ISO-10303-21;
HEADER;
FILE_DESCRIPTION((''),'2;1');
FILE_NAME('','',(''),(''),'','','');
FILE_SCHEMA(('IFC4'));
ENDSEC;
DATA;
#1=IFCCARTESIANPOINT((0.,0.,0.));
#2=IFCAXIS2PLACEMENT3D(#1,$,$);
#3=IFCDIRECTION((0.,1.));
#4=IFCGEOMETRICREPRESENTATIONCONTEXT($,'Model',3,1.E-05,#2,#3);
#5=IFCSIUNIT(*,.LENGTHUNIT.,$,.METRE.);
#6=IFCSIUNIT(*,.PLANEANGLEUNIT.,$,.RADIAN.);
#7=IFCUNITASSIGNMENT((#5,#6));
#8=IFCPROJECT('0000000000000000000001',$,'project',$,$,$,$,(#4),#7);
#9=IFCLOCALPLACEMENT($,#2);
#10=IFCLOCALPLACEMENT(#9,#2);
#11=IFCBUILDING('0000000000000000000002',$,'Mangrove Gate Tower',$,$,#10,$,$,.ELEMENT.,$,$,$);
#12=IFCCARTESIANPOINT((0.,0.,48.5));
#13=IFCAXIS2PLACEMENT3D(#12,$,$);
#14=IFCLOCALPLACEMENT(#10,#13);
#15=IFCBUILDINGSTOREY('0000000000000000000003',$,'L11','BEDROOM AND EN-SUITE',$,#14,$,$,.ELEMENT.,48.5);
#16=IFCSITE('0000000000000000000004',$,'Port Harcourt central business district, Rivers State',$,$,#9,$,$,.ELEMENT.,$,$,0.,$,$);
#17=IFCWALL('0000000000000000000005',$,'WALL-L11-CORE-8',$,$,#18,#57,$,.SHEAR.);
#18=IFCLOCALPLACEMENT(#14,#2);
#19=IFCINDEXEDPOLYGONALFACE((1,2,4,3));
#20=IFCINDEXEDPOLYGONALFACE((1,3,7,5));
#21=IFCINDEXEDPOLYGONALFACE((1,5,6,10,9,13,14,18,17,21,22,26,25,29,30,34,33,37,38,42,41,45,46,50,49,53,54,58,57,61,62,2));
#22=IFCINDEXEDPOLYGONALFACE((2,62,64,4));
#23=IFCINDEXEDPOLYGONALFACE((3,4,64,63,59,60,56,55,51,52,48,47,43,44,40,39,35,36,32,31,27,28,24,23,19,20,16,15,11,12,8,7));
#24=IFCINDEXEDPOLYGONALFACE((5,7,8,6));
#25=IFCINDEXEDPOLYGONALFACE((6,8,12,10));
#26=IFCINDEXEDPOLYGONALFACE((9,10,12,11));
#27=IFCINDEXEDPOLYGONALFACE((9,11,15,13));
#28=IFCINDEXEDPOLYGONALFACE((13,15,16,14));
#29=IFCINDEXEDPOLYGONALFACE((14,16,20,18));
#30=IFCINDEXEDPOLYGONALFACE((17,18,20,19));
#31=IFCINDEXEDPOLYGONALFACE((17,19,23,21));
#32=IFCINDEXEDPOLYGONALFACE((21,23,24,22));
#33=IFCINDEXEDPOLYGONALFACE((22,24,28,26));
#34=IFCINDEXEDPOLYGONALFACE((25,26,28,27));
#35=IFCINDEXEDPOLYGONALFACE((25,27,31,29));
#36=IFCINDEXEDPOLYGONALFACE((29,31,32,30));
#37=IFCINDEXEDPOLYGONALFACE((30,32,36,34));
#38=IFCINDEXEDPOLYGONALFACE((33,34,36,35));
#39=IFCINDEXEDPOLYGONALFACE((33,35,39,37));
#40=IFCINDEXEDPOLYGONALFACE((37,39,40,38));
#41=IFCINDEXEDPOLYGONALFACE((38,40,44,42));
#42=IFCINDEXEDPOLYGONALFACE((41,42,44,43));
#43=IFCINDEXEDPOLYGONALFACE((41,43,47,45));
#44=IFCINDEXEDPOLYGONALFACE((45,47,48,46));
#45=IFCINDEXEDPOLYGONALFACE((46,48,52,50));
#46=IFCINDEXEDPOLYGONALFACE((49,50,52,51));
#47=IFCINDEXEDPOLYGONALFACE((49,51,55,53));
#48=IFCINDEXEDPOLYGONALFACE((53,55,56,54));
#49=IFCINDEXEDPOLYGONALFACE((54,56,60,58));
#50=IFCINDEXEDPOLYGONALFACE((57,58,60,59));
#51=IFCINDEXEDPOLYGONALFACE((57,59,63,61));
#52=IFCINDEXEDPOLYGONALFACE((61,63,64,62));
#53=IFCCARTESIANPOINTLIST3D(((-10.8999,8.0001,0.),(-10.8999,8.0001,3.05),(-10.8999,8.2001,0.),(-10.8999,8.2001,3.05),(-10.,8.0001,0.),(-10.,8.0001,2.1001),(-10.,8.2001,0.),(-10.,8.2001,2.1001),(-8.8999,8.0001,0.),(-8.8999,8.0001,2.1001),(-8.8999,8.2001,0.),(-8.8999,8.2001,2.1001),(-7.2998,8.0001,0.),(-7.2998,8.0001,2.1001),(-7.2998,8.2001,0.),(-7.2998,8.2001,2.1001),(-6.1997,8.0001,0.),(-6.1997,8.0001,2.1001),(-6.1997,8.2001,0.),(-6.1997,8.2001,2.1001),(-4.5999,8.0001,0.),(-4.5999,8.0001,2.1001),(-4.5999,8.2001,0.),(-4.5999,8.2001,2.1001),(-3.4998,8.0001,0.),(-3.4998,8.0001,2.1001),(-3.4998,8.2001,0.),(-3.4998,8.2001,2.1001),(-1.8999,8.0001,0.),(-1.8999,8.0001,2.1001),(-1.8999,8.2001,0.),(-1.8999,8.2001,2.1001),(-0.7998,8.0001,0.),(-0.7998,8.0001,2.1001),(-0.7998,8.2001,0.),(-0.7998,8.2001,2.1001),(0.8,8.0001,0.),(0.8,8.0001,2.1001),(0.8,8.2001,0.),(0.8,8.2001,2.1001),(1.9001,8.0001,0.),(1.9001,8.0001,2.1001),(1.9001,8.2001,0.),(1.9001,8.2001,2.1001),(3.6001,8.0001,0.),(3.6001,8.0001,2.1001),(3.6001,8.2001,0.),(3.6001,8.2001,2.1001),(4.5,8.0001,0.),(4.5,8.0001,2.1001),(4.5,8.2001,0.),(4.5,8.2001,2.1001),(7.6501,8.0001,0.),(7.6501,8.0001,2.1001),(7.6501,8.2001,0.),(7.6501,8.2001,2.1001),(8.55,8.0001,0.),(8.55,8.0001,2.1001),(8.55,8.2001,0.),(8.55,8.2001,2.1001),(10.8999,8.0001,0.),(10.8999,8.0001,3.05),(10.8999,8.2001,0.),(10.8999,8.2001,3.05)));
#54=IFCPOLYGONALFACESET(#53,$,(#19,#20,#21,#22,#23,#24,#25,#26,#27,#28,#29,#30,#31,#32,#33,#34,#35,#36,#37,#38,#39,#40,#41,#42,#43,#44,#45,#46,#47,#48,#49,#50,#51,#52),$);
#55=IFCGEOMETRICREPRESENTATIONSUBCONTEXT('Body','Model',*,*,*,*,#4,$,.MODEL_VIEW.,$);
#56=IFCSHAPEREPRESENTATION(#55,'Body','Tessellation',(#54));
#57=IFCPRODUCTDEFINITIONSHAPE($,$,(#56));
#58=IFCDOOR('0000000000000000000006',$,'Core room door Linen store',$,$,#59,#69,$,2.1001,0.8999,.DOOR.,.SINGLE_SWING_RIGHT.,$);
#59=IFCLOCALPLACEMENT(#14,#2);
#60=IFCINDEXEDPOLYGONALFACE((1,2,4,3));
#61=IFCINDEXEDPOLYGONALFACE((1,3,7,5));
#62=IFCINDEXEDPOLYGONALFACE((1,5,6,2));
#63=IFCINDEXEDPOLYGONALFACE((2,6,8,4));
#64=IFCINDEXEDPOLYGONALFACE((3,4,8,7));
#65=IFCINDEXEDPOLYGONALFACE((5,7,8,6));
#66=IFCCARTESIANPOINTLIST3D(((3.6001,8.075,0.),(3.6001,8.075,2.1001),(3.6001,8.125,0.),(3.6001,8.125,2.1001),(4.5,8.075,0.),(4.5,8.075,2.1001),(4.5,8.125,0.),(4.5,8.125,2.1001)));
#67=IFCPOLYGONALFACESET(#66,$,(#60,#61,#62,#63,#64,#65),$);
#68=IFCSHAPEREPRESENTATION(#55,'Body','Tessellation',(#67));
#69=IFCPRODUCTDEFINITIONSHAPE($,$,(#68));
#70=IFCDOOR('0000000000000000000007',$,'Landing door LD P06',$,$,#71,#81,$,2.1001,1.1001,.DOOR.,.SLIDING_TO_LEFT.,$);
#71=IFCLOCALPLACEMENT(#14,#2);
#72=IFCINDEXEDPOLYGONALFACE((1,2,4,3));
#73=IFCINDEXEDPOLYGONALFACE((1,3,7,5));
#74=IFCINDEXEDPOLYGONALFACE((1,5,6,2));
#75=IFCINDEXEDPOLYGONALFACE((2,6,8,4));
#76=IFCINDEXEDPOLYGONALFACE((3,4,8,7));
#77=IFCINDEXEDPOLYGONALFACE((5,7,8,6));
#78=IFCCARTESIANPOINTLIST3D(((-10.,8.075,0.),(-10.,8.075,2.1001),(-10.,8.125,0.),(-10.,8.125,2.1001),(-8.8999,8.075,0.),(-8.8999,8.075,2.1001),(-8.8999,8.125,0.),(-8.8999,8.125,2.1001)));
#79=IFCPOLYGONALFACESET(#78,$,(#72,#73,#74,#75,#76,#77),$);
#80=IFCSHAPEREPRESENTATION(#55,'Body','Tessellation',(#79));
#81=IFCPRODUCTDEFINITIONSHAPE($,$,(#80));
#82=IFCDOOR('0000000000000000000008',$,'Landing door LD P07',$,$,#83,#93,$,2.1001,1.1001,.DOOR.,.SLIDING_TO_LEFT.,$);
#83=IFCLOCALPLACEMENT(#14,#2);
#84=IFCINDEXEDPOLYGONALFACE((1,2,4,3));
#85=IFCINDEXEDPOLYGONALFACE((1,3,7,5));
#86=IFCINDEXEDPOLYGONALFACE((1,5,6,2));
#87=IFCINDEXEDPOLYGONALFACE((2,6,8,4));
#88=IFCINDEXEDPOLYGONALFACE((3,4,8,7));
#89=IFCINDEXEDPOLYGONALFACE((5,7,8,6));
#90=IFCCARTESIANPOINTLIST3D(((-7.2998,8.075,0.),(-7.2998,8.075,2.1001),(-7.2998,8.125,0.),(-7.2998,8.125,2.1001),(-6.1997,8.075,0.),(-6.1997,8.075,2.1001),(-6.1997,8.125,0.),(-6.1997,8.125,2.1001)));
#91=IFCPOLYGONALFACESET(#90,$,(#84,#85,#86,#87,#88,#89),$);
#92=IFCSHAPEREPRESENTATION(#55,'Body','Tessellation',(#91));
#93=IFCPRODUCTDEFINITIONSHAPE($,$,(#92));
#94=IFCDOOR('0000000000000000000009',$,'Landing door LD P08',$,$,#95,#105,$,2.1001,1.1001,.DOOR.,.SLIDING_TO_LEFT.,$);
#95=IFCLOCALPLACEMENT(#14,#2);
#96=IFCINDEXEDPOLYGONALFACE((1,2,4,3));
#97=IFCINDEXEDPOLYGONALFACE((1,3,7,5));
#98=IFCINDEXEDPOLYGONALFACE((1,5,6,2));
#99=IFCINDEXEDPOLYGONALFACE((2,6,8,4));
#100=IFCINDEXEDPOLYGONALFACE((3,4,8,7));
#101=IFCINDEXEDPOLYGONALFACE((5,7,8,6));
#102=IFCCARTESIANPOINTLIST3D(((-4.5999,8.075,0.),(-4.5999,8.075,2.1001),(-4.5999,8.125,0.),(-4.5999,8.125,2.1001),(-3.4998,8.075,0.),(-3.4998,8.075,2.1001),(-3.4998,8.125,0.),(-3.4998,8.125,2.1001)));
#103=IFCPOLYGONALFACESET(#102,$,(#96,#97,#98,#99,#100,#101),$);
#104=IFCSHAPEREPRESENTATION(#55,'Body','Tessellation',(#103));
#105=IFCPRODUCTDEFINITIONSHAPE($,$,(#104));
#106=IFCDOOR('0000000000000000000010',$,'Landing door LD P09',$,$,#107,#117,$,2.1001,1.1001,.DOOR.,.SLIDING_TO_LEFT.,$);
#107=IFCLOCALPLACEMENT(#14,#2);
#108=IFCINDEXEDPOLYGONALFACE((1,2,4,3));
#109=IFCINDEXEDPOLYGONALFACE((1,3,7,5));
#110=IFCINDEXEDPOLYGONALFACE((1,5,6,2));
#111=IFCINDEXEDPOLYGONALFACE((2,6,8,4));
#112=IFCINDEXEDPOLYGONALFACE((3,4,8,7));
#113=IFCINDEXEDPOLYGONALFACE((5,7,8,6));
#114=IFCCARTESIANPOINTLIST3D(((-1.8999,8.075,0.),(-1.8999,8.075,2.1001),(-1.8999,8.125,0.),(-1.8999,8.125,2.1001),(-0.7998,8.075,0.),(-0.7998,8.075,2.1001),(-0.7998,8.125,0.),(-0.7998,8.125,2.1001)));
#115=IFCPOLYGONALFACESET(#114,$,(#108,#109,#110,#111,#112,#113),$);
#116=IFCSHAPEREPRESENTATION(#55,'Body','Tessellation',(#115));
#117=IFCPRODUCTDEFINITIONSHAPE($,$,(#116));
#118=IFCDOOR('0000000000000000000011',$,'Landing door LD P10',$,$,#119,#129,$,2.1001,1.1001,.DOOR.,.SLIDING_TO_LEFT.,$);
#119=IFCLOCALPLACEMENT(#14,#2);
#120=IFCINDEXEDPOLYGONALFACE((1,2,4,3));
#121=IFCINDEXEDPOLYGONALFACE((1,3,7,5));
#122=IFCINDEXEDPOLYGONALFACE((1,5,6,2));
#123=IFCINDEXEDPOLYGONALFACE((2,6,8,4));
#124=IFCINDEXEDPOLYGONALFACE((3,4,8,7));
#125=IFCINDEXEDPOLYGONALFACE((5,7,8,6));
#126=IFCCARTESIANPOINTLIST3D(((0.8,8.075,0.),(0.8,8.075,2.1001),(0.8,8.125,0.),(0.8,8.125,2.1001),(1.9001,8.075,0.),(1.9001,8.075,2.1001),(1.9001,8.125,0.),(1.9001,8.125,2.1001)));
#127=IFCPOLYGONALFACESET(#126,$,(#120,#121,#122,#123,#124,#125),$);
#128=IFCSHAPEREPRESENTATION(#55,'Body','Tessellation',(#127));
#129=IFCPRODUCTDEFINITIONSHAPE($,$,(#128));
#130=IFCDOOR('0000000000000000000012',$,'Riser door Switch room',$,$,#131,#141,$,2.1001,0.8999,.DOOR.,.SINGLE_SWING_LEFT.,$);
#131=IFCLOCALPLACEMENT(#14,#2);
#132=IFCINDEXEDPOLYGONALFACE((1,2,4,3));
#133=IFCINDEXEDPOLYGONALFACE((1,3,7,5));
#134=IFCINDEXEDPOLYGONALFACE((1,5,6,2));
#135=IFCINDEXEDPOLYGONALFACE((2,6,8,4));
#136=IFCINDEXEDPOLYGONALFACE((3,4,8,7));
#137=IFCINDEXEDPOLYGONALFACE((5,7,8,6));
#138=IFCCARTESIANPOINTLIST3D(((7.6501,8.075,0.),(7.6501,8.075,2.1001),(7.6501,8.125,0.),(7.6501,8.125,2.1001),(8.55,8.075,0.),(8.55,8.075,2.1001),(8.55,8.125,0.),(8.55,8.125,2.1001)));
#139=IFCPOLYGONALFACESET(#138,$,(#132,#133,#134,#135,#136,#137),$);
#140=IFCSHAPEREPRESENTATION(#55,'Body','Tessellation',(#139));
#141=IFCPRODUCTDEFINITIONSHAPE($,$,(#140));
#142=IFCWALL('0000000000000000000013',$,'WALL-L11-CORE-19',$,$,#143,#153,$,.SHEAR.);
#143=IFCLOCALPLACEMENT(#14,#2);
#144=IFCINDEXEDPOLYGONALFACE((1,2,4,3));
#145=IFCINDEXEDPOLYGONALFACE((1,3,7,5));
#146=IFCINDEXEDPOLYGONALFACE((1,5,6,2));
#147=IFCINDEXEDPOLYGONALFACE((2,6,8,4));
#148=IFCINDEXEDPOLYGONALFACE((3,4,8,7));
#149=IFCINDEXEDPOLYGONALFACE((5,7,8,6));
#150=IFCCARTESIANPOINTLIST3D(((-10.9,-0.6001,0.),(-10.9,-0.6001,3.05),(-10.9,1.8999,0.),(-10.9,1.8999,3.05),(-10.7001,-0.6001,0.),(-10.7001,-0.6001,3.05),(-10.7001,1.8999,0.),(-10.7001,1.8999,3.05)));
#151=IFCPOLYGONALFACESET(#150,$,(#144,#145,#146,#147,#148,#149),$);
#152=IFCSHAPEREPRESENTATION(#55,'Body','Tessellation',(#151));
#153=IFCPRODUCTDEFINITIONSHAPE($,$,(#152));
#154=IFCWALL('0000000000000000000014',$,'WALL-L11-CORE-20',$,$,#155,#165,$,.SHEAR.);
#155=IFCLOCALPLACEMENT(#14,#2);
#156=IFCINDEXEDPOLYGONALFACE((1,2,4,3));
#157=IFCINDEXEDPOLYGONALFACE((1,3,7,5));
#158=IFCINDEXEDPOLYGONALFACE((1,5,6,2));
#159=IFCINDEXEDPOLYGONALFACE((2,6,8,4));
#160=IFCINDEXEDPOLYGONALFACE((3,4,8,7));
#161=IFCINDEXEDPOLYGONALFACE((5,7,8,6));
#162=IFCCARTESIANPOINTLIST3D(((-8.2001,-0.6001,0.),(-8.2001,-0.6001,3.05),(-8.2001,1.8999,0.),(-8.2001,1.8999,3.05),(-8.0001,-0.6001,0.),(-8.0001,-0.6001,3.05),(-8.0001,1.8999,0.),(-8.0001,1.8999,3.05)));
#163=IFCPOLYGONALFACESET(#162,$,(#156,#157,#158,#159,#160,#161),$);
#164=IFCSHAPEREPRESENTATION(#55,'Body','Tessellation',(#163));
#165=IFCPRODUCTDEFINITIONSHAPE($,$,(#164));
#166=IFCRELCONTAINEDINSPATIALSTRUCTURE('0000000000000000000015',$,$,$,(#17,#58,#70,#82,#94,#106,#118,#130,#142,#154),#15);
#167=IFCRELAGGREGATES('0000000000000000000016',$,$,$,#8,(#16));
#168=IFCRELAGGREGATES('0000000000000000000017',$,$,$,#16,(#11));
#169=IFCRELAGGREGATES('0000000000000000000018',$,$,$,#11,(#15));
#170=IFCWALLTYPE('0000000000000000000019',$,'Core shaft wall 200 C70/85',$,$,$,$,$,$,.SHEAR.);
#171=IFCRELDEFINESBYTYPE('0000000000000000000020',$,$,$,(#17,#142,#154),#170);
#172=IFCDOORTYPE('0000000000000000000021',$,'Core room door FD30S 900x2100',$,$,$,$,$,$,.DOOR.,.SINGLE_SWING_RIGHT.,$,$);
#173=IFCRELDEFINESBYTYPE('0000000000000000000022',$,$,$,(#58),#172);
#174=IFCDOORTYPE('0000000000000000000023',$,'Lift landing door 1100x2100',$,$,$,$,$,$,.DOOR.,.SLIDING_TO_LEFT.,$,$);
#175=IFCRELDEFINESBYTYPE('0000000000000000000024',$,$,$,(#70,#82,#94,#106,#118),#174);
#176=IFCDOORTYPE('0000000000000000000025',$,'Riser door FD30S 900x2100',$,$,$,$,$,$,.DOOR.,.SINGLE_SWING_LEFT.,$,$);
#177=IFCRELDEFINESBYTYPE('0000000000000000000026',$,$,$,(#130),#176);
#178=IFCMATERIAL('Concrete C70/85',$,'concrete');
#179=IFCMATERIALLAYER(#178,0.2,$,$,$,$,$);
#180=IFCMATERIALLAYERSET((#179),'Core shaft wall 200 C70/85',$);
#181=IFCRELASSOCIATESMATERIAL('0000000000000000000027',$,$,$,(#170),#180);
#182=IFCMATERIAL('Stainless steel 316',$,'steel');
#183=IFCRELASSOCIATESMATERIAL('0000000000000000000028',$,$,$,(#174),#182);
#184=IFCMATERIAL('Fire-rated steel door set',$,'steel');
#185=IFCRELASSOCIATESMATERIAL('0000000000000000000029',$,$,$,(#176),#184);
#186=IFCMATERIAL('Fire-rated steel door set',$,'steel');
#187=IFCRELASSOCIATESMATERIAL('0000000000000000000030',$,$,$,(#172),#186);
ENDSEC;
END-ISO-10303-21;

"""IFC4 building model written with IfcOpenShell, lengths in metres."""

from ifc_helpers import new_model, si_unit, direction, frame, frame_2d, origin, place, context, subcontext, project, spatial, rectangle, extrude, material, layer, layer_set, type_object, element, fill, save


model = new_model("IFC4")

# Units and contexts
model_context = context("Model", 3, precision=1e-05, world=origin(), true_north=direction((0.0, 1.0)))
body_context = subcontext(model_context, "Body", "Model", "MODEL_VIEW")
ifc_project = project(units=[si_unit("LENGTHUNIT", "METRE"), si_unit("PLANEANGLEUNIT", "RADIAN")], contexts=[model_context])

# Site, building, storey
site_placement = place(None, origin())
site = spatial("IfcSite", under=ifc_project, at=site_placement, Name="Port Harcourt central business district, Rivers State", CompositionType="ELEMENT", RefElevation=0.0)
building_placement = place(site_placement, origin())
building = spatial("IfcBuilding", under=site, at=building_placement, Name="Mangrove Gate Tower", CompositionType="ELEMENT")
storey_placement = place(building_placement, frame((0.0, 0.0, 48.5)))
storey = spatial("IfcBuildingStorey", under=building, at=storey_placement, Name="L11", Description="BEDROOM AND EN-SUITE", CompositionType="ELEMENT", Elevation=48.5)

# Wall, openings, doors
ifc_material_1 = material(Name="Concrete C70/85", Category="concrete")
ifc_layer = layer(ifc_material_1, 0.2)
ifc_layer_set = layer_set([ifc_layer], Name="Core shaft wall 200 C70/85")
wall_type = type_object("IfcWallType", Name="Core shaft wall 200 C70/85", PredefinedType="SHEAR", material=ifc_layer_set)
ifc_material_2 = material(Name="Stainless steel 316", Category="steel")
door_type_1 = type_object("IfcDoorType", Name="Lift landing door 1100x2100", OperationType="SLIDING_TO_LEFT", PredefinedType="DOOR", material=ifc_material_2)
ifc_material_3 = material(Name="Fire-rated steel door set", Category="steel")
door_type_2 = type_object("IfcDoorType", Name="Riser door FD30S 900x2100", OperationType="SINGLE_SWING_LEFT", PredefinedType="DOOR", material=ifc_material_3)
wall_1_placement = place(storey_placement, frame((-10.8999, 8.1001, 0.0), z_axis=(0.0, 0.0, 1.0), x_axis=(1.0, 0.0, 0.0)))
wall_1 = element("IfcWall", 1, at=wall_1_placement, inside=storey, type_object=wall_type, Name="WALL-L11-CORE-8", PredefinedType="SHEAR", context=body_context, shape_type="SweptSolid", body=[
    extrude(rectangle(XDim=21.7998, YDim=0.2, at=frame_2d((10.8999, 0.0))), origin(), (0.0, 0.0, 1.0), 3.05),
])
opening_1_placement = place(wall_1_placement, frame((0.8999, 0.0, 0.0)))
opening_1 = element("IfcOpeningElement", 2, at=opening_1_placement, cuts=wall_1, PredefinedType="OPENING", context=body_context, shape_type="SweptSolid", body=[
    extrude(rectangle(XDim=1.1001, YDim=2.1001, at=frame_2d((0.55, 1.05))), frame((0.0, 0.1099, 0.0), z_axis=(0.0, -1.0, 0.0), x_axis=(1.0, 0.0, 0.0)), (0.0, 0.0, 1.0), 0.22),
])
opening_2_placement = place(wall_1_placement, frame((3.6001, 0.0, 0.0)))
opening_2 = element("IfcOpeningElement", 3, at=opening_2_placement, cuts=wall_1, PredefinedType="OPENING", context=body_context, shape_type="SweptSolid", body=[
    extrude(rectangle(XDim=1.1001, YDim=2.1001, at=frame_2d((0.55, 1.05))), frame((0.0, 0.1099, 0.0), z_axis=(0.0, -1.0, 0.0), x_axis=(1.0, 0.0, 0.0)), (0.0, 0.0, 1.0), 0.22),
])
opening_3_placement = place(wall_1_placement, frame((6.3, 0.0, 0.0)))
opening_3 = element("IfcOpeningElement", 4, at=opening_3_placement, cuts=wall_1, PredefinedType="OPENING", context=body_context, shape_type="SweptSolid", body=[
    extrude(rectangle(XDim=1.1001, YDim=2.1001, at=frame_2d((0.55, 1.05))), frame((0.0, 0.1099, 0.0), z_axis=(0.0, -1.0, 0.0), x_axis=(1.0, 0.0, 0.0)), (0.0, 0.0, 1.0), 0.22),
])
opening_4_placement = place(wall_1_placement, frame((9.0, 0.0, 0.0)))
opening_4 = element("IfcOpeningElement", 5, at=opening_4_placement, cuts=wall_1, PredefinedType="OPENING", context=body_context, shape_type="SweptSolid", body=[
    extrude(rectangle(XDim=1.1001, YDim=2.1001, at=frame_2d((0.55, 1.05))), frame((0.0, 0.1099, 0.0), z_axis=(0.0, -1.0, 0.0), x_axis=(1.0, 0.0, 0.0)), (0.0, 0.0, 1.0), 0.22),
])
opening_5_placement = place(wall_1_placement, frame((11.7, 0.0, 0.0)))
opening_5 = element("IfcOpeningElement", 6, at=opening_5_placement, cuts=wall_1, PredefinedType="OPENING", context=body_context, shape_type="SweptSolid", body=[
    extrude(rectangle(XDim=1.1001, YDim=2.1001, at=frame_2d((0.55, 1.05))), frame((0.0, 0.1099, 0.0), z_axis=(0.0, -1.0, 0.0), x_axis=(1.0, 0.0, 0.0)), (0.0, 0.0, 1.0), 0.22),
])
opening_6_placement = place(wall_1_placement, frame((14.5, 0.0, 0.0)))
opening_6 = element("IfcOpeningElement", 7, at=opening_6_placement, cuts=wall_1, PredefinedType="OPENING", context=body_context, shape_type="SweptSolid", body=[
    extrude(rectangle(XDim=0.8999, YDim=2.1001, at=frame_2d((0.45, 1.05))), frame((0.0, 0.1099, 0.0), z_axis=(0.0, -1.0, 0.0), x_axis=(1.0, 0.0, 0.0)), (0.0, 0.0, 1.0), 0.22),
])
opening_7_placement = place(wall_1_placement, frame((18.55, 0.0, 0.0)))
opening_7 = element("IfcOpeningElement", 8, at=opening_7_placement, cuts=wall_1, PredefinedType="OPENING", context=body_context, shape_type="SweptSolid", body=[
    extrude(rectangle(XDim=0.8999, YDim=2.1001, at=frame_2d((0.45, 1.05))), frame((0.0, 0.1099, 0.0), z_axis=(0.0, -1.0, 0.0), x_axis=(1.0, 0.0, 0.0)), (0.0, 0.0, 1.0), 0.22),
])
ifc_material_4 = material(Name="Fire-rated steel door set", Category="steel")
door_type_3 = type_object("IfcDoorType", Name="Core room door FD30S 900x2100", OperationType="SINGLE_SWING_RIGHT", PredefinedType="DOOR", material=ifc_material_4)
door_1_placement = place(opening_6_placement, origin())
door_1 = element("IfcDoor", 9, at=door_1_placement, inside=storey, type_object=door_type_3, Name="Core room door Linen store", OperationType="SINGLE_SWING_RIGHT", OverallHeight=2.1001, OverallWidth=0.8999, PredefinedType="DOOR", context=body_context, shape_type="SweptSolid", body=[
    extrude(rectangle(XDim=0.8999, YDim=2.1001, at=frame_2d((0.45, 1.05))), frame((0.0, 0.0249, 0.0), z_axis=(0.0, -1.0, 0.0), x_axis=(1.0, 0.0, 0.0)), (0.0, 0.0, 1.0), 0.05),
])
fill(opening_6, door_1)
door_2_placement = place(opening_1_placement, origin())
door_2 = element("IfcDoor", 10, at=door_2_placement, inside=storey, type_object=door_type_1, Name="Landing door LD P06", OperationType="SLIDING_TO_LEFT", OverallHeight=2.1001, OverallWidth=1.1001, PredefinedType="DOOR", context=body_context, shape_type="SweptSolid", body=[
    extrude(rectangle(XDim=1.1001, YDim=2.1001, at=frame_2d((0.55, 1.05))), frame((0.0, 0.0249, 0.0), z_axis=(0.0, -1.0, 0.0), x_axis=(1.0, 0.0, 0.0)), (0.0, 0.0, 1.0), 0.05),
])
fill(opening_1, door_2)
door_3_placement = place(opening_2_placement, origin())
door_3 = element("IfcDoor", 11, at=door_3_placement, inside=storey, type_object=door_type_1, Name="Landing door LD P07", OperationType="SLIDING_TO_LEFT", OverallHeight=2.1001, OverallWidth=1.1001, PredefinedType="DOOR", context=body_context, shape_type="SweptSolid", body=[
    extrude(rectangle(XDim=1.1001, YDim=2.1001, at=frame_2d((0.55, 1.05))), frame((0.0, 0.0249, 0.0), z_axis=(0.0, -1.0, 0.0), x_axis=(1.0, 0.0, 0.0)), (0.0, 0.0, 1.0), 0.05),
])
fill(opening_2, door_3)
door_4_placement = place(opening_3_placement, origin())
door_4 = element("IfcDoor", 12, at=door_4_placement, inside=storey, type_object=door_type_1, Name="Landing door LD P08", OperationType="SLIDING_TO_LEFT", OverallHeight=2.1001, OverallWidth=1.1001, PredefinedType="DOOR", context=body_context, shape_type="SweptSolid", body=[
    extrude(rectangle(XDim=1.1001, YDim=2.1001, at=frame_2d((0.55, 1.05))), frame((0.0, 0.0249, 0.0), z_axis=(0.0, -1.0, 0.0), x_axis=(1.0, 0.0, 0.0)), (0.0, 0.0, 1.0), 0.05),
])
fill(opening_3, door_4)
door_5_placement = place(opening_4_placement, origin())
door_5 = element("IfcDoor", 13, at=door_5_placement, inside=storey, type_object=door_type_1, Name="Landing door LD P09", OperationType="SLIDING_TO_LEFT", OverallHeight=2.1001, OverallWidth=1.1001, PredefinedType="DOOR", context=body_context, shape_type="SweptSolid", body=[
    extrude(rectangle(XDim=1.1001, YDim=2.1001, at=frame_2d((0.55, 1.05))), frame((0.0, 0.0249, 0.0), z_axis=(0.0, -1.0, 0.0), x_axis=(1.0, 0.0, 0.0)), (0.0, 0.0, 1.0), 0.05),
])
fill(opening_4, door_5)
door_6_placement = place(opening_5_placement, origin())
door_6 = element("IfcDoor", 14, at=door_6_placement, inside=storey, type_object=door_type_1, Name="Landing door LD P10", OperationType="SLIDING_TO_LEFT", OverallHeight=2.1001, OverallWidth=1.1001, PredefinedType="DOOR", context=body_context, shape_type="SweptSolid", body=[
    extrude(rectangle(XDim=1.1001, YDim=2.1001, at=frame_2d((0.55, 1.05))), frame((0.0, 0.0249, 0.0), z_axis=(0.0, -1.0, 0.0), x_axis=(1.0, 0.0, 0.0)), (0.0, 0.0, 1.0), 0.05),
])
fill(opening_5, door_6)
door_7_placement = place(opening_7_placement, origin())
door_7 = element("IfcDoor", 15, at=door_7_placement, inside=storey, type_object=door_type_2, Name="Riser door Switch room", OperationType="SINGLE_SWING_LEFT", OverallHeight=2.1001, OverallWidth=0.8999, PredefinedType="DOOR", context=body_context, shape_type="SweptSolid", body=[
    extrude(rectangle(XDim=0.8999, YDim=2.1001, at=frame_2d((0.45, 1.05))), frame((0.0, 0.0249, 0.0), z_axis=(0.0, -1.0, 0.0), x_axis=(1.0, 0.0, 0.0)), (0.0, 0.0, 1.0), 0.05),
])
fill(opening_7, door_7)

# Walls
for number, where, z_axis, x_axis, name in (
    (16, (-10.8, -0.6001, 0.0), (0.0, 0.0, 1.0), (0.0, 1.0, 0.0), "WALL-L11-CORE-19"),
    (17, (-8.1001, -0.6001, 0.0), (0.0, 0.0, 1.0), (0.0, 1.0, 0.0), "WALL-L11-CORE-20"),
):
    element("IfcWall", number, at=place(storey_placement, frame(where, z_axis=z_axis, x_axis=x_axis)), inside=storey, type_object=wall_type, Name=name, PredefinedType="SHEAR", context=body_context, shape_type="SweptSolid", body=[
        extrude(rectangle(XDim=2.5, YDim=0.2, at=frame_2d((1.25, 0.0))), origin(), (0.0, 0.0, 1.0), 3.05),
    ])

save(model, "model.ifc")
